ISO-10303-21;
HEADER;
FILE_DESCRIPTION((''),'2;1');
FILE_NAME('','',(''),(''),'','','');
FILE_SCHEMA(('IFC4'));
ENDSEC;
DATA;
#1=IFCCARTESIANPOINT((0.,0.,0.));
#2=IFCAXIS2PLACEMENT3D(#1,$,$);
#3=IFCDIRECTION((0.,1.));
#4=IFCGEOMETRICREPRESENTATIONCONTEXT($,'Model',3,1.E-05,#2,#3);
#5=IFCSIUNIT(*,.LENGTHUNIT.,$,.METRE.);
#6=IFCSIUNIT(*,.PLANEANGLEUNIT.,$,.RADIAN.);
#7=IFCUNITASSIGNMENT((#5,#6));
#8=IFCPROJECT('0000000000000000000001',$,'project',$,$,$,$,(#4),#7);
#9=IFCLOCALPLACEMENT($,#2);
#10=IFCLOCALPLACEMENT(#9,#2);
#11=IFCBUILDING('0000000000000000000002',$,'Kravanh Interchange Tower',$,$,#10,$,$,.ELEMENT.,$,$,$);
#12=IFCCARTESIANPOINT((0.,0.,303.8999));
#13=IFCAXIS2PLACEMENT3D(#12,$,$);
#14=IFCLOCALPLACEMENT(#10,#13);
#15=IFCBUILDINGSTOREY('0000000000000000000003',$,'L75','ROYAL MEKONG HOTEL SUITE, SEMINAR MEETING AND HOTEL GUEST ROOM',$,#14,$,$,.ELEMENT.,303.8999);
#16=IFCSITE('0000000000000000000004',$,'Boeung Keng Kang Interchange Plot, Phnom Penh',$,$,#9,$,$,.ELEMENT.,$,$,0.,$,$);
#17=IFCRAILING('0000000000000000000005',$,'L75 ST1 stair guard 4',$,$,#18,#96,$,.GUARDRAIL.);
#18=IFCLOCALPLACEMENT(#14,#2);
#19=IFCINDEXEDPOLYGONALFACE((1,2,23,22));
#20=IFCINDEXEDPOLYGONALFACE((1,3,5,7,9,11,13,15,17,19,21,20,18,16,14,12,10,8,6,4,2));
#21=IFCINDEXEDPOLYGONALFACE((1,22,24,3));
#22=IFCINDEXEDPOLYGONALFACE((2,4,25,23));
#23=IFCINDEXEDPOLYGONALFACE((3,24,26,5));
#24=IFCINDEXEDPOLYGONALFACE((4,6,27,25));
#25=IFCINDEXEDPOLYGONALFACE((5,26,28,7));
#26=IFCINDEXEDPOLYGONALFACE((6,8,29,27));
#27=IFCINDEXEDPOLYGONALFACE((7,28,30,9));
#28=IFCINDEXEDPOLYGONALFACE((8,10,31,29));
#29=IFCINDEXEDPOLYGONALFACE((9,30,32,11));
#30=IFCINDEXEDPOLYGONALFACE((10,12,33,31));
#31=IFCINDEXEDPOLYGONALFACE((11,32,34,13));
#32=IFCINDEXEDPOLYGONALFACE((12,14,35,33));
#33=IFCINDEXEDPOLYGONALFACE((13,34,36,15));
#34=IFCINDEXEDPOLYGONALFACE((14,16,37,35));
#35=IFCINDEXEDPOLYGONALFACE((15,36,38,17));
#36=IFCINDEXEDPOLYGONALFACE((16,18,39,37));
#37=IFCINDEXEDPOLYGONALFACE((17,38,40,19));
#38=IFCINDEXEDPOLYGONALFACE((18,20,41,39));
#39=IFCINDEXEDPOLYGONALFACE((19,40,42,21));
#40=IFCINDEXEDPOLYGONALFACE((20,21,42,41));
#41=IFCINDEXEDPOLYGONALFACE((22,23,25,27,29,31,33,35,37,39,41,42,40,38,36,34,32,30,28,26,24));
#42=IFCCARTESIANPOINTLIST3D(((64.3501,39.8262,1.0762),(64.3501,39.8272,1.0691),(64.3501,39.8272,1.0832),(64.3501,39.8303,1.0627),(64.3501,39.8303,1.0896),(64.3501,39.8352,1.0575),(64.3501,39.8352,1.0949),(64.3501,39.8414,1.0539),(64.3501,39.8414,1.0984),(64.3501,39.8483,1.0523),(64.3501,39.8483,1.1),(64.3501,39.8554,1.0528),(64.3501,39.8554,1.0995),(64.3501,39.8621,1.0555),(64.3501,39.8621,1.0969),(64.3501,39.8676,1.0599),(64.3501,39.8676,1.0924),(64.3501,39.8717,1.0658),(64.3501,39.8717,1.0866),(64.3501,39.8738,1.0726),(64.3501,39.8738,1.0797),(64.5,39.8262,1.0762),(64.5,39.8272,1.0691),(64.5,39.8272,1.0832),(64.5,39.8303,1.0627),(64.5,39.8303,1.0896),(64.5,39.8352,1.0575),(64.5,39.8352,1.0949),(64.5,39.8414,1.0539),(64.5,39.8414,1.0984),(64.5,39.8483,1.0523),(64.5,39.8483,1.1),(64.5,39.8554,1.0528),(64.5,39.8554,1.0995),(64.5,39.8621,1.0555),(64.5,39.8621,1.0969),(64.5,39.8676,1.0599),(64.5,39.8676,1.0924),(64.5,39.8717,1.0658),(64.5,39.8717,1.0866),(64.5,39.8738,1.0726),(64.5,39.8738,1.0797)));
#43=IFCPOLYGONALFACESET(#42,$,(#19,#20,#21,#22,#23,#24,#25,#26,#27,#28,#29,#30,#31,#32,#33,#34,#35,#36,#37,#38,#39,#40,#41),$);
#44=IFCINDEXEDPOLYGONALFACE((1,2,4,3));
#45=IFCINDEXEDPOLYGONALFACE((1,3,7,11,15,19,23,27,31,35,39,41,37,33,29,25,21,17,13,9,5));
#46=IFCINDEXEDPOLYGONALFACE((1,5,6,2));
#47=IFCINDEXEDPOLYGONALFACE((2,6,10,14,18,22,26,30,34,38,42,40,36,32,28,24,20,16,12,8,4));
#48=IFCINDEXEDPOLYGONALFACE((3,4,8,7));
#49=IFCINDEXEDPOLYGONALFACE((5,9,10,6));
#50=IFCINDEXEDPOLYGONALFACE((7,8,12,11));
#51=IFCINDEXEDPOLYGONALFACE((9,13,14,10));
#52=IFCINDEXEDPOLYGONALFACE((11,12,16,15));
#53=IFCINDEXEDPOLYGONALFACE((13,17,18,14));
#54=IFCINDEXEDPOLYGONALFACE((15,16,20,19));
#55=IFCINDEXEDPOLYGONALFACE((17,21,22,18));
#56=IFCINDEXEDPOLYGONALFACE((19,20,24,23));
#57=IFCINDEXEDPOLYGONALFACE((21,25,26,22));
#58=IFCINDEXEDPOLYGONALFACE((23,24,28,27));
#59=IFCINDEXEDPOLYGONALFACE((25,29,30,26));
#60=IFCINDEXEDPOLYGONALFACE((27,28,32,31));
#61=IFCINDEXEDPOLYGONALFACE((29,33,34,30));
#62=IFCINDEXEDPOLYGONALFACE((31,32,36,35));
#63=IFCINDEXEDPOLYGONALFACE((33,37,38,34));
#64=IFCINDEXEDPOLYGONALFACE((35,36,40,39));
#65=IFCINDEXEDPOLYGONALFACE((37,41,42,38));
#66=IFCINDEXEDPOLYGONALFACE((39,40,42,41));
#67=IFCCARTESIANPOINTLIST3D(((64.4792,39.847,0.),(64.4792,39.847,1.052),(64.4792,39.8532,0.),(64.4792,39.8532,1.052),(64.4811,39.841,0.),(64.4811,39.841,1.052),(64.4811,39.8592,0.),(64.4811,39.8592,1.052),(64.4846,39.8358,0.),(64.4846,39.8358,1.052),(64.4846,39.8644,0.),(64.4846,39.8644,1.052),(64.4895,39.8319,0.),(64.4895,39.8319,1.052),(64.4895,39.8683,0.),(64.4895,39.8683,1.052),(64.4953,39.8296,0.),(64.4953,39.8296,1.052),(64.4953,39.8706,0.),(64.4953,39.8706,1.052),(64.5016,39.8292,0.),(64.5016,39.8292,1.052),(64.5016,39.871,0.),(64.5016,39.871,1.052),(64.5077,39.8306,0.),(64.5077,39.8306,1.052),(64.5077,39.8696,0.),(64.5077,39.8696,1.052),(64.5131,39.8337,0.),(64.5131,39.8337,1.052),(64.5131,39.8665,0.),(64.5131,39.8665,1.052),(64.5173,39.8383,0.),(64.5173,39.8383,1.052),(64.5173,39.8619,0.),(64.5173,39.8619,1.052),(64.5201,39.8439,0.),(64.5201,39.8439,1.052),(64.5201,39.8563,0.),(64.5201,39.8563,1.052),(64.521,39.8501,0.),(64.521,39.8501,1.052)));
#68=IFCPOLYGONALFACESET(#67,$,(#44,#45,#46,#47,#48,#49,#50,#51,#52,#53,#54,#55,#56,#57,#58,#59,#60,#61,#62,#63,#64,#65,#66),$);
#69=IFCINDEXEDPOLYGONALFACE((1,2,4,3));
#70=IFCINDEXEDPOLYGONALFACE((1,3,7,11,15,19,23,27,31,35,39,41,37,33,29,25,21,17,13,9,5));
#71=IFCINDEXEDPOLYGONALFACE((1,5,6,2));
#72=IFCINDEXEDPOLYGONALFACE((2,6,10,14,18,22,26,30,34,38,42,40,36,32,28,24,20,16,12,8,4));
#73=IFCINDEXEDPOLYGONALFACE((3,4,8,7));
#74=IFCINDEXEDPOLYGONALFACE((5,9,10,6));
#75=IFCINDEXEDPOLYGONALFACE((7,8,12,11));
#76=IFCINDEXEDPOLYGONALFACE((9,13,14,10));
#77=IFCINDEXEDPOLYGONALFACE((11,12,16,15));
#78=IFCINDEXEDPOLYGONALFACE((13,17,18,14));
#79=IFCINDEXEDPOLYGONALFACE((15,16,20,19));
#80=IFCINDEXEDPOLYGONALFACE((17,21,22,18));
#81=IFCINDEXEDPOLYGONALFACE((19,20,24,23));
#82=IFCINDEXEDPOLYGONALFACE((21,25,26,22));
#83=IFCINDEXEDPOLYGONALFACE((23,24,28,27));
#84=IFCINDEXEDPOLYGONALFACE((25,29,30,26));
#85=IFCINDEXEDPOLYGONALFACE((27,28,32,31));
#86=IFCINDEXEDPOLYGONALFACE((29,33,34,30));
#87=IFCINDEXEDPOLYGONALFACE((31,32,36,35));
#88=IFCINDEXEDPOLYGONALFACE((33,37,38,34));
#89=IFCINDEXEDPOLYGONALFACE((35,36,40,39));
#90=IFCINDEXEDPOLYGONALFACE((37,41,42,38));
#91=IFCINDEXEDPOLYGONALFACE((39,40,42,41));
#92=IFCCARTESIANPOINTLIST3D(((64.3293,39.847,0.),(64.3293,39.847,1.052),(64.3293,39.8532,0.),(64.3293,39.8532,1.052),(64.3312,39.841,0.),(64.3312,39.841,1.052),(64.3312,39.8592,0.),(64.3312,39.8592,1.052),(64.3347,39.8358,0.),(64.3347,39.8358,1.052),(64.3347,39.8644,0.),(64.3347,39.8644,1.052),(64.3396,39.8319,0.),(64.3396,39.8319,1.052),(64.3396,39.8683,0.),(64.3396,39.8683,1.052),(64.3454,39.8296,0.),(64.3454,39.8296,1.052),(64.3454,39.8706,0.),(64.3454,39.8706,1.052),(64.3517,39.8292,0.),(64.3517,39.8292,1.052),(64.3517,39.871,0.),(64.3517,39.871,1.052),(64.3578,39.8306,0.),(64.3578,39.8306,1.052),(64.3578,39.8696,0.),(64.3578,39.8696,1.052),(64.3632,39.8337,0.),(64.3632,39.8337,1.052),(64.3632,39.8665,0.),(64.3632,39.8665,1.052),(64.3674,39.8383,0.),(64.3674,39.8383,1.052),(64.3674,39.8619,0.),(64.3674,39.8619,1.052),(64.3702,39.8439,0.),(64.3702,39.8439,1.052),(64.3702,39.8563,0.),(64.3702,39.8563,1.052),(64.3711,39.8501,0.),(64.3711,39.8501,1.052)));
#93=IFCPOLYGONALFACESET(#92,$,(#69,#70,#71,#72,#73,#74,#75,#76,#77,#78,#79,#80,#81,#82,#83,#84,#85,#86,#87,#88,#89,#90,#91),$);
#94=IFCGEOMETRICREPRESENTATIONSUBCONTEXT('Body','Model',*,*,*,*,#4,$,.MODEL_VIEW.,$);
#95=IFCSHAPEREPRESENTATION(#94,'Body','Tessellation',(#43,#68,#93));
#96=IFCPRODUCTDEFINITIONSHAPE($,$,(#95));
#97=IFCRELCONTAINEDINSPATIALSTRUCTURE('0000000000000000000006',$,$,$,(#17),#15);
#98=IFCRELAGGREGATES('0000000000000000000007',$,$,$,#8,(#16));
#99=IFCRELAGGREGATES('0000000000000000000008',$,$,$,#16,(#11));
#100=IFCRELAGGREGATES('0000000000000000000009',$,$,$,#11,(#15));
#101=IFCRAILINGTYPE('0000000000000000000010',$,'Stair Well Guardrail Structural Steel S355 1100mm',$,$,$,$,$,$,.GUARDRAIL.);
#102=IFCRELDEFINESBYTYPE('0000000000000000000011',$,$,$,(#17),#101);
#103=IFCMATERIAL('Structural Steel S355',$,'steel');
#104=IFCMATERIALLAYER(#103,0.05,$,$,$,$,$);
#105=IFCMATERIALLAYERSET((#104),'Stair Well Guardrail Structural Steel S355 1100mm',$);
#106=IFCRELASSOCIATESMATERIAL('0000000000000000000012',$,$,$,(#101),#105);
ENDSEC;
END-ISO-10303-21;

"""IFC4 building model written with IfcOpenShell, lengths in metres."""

from ifc_helpers import new_model, si_unit, direction, frame, origin, origin_2d, place, context, subcontext, project, spatial, circle, extrude, material, layer, layer_set, type_object, element, save


model = new_model("IFC4")

# Units and contexts
model_context = context("Model", 3, precision=1e-05, world=origin(), true_north=direction((0.0, 1.0)))
body_context = subcontext(model_context, "Body", "Model", "MODEL_VIEW")
ifc_project = project(units=[si_unit("LENGTHUNIT", "METRE"), si_unit("PLANEANGLEUNIT", "RADIAN")], contexts=[model_context])

# Site, building, storey
site_placement = place(None, origin())
site = spatial("IfcSite", under=ifc_project, at=site_placement, Name="Boeung Keng Kang Interchange Plot, Phnom Penh", CompositionType="ELEMENT", RefElevation=0.0)
building_placement = place(site_placement, origin())
building = spatial("IfcBuilding", under=site, at=building_placement, Name="Kravanh Interchange Tower", CompositionType="ELEMENT")
storey_placement = place(building_placement, frame((0.0, 0.0, 303.8999)))
storey = spatial("IfcBuildingStorey", under=building, at=storey_placement, Name="L75", Description="ROYAL MEKONG HOTEL SUITE, SEMINAR MEETING AND HOTEL GUEST ROOM", CompositionType="ELEMENT", Elevation=303.8999)

# Railing
ifc_material_1 = material(Name="Structural Steel S355", Category="steel")
ifc_layer_1 = layer(ifc_material_1, 0.05)
ifc_layer_set_1 = layer_set([ifc_layer_1], Name="Stair Well Guardrail Structural Steel S355 1100mm")
railing_type_1 = type_object("IfcRailingType", Name="Stair Well Guardrail Structural Steel S355 1100mm", PredefinedType="GUARDRAIL", material=ifc_layer_set_1)
railing_1_placement = place(storey_placement, frame((64.5, 39.8501, 0.0)))
element("IfcRailing", 1, at=railing_1_placement, inside=storey, type_object=railing_type_1, Name="L75 ST1 stair guard 4", PredefinedType="GUARDRAIL", context=body_context, shape_type="SweptSolid", body=[
    extrude(circle(Radius=0.0239, at=origin_2d()), frame((0.0, 0.0, 1.0762), z_axis=(-1.0, 0.0, 0.0), x_axis=(0.0, -1.0, 0.0)), (0.0, 0.0, 1.0), 0.1499),
    extrude(circle(Radius=0.021, at=origin_2d()), origin(), (0.0, 0.0, 1.0), 1.052),
    extrude(circle(Radius=0.021, at=origin_2d()), frame((-0.1499, 0.0, 0.0)), (0.0, 0.0, 1.0), 1.052),
])

save(model, "model.ifc")
